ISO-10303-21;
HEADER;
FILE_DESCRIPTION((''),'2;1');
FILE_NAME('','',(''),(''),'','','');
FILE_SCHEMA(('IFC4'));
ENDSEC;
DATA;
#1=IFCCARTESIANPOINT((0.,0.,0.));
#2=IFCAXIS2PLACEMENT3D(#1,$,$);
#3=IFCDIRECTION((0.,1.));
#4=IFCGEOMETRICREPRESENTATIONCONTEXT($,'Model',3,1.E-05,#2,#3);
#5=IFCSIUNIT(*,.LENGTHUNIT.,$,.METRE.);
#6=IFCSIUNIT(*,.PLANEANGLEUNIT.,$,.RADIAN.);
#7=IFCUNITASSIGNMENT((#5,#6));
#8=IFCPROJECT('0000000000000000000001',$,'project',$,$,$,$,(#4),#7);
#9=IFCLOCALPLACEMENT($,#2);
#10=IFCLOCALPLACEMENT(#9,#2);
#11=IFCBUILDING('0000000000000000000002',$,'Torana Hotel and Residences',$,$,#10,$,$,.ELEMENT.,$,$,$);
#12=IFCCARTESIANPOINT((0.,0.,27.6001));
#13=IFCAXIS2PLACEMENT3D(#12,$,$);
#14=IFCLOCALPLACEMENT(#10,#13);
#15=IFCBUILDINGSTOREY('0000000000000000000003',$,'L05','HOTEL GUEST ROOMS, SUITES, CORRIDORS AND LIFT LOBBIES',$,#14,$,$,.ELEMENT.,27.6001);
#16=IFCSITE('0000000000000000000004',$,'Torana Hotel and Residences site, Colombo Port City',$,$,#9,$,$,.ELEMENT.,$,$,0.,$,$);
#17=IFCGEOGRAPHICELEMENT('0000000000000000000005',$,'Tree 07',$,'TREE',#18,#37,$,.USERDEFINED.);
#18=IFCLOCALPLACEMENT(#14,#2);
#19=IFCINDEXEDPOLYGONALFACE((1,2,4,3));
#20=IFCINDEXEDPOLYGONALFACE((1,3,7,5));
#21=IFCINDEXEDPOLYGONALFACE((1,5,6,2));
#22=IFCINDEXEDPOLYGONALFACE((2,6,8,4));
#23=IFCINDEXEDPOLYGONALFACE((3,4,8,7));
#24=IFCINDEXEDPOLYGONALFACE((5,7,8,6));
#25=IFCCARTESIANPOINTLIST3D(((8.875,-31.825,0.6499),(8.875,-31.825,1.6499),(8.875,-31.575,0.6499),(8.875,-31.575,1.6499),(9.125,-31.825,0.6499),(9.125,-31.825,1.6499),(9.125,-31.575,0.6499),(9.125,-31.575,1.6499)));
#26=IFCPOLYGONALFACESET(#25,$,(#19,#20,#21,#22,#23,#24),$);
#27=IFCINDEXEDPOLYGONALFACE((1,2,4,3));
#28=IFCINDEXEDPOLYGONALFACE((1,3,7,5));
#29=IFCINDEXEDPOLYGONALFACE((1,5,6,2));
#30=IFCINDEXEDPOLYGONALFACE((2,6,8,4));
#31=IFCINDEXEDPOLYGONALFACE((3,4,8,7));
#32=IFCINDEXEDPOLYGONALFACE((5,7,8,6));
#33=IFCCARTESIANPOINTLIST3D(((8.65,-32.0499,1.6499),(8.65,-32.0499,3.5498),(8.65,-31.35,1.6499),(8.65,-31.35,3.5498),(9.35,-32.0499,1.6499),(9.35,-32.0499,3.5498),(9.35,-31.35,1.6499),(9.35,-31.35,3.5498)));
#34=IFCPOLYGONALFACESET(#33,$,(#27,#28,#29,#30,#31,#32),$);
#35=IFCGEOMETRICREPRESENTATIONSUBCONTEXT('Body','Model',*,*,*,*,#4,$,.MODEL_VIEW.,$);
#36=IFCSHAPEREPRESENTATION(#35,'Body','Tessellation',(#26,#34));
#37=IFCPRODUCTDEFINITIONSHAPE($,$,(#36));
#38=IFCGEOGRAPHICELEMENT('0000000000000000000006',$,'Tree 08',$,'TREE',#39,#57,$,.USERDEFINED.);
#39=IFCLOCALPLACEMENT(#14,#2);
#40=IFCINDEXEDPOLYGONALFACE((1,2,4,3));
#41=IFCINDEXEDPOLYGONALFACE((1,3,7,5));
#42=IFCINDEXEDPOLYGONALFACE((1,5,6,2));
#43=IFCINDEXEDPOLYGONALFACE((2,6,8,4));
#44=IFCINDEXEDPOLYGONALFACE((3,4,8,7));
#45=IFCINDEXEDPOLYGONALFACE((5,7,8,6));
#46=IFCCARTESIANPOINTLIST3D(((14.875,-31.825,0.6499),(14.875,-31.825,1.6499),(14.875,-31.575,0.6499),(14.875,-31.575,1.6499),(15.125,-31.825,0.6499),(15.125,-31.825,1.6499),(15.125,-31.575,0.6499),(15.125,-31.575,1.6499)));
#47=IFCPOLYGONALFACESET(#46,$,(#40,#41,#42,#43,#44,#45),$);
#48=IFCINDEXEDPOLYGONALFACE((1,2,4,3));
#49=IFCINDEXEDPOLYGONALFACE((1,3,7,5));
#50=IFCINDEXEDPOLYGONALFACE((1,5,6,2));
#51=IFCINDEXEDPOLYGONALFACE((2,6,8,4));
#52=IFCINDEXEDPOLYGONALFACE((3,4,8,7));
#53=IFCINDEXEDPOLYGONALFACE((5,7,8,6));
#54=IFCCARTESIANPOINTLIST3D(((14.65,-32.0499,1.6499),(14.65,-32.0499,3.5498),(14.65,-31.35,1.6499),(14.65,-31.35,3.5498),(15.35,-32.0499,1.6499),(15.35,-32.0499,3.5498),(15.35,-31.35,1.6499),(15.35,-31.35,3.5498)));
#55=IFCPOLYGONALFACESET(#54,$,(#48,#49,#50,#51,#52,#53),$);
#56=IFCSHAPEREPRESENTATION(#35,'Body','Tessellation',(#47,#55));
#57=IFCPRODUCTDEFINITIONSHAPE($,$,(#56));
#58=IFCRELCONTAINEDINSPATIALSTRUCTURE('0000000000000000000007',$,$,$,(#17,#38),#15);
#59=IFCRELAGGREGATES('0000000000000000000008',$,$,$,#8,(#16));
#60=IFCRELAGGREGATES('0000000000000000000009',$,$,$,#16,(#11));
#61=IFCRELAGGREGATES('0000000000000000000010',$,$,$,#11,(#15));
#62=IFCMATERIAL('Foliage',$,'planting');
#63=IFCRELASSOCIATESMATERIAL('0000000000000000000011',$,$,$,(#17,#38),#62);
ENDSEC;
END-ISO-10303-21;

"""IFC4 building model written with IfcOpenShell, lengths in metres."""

from ifc_helpers import new_model, si_unit, direction, frame, origin, origin_2d, place, context, subcontext, project, spatial, rectangle, extrude, material, element, save


model = new_model("IFC4")

# Units and contexts
model_context = context("Model", 3, precision=1e-05, world=origin(), true_north=direction((0.0, 1.0)))
body_context = subcontext(model_context, "Body", "Model", "MODEL_VIEW")
ifc_project = project(units=[si_unit("LENGTHUNIT", "METRE"), si_unit("PLANEANGLEUNIT", "RADIAN")], contexts=[model_context])

# Site, building, storey
site_placement = place(None, origin())
site = spatial("IfcSite", under=ifc_project, at=site_placement, Name="Torana Hotel and Residences site, Colombo Port City", CompositionType="ELEMENT", RefElevation=0.0)
building_placement = place(site_placement, origin())
building = spatial("IfcBuilding", under=site, at=building_placement, Name="Torana Hotel and Residences", CompositionType="ELEMENT")
storey_placement = place(building_placement, frame((0.0, 0.0, 27.6001)))
storey = spatial("IfcBuildingStorey", under=building, at=storey_placement, Name="L05", Description="HOTEL GUEST ROOMS, SUITES, CORRIDORS AND LIFT LOBBIES", CompositionType="ELEMENT", Elevation=27.6001)

# Geographic elements
ifc_material_1 = material(Name="Foliage", Category="planting")
for number, where, z_axis, x_axis, name in (
    (1, (9.0, -31.7, 0.6499), (0.0, 0.0, 1.0), (1.0, 0.0, 0.0), "Tree 07"),
    (2, (15.0, -31.7, 0.6499), (0.0, 0.0, 1.0), (1.0, 0.0, 0.0), "Tree 08"),
):
    element("IfcGeographicElement", number, at=place(storey_placement, frame(where, z_axis=z_axis, x_axis=x_axis)), inside=storey, material=ifc_material_1, Name=name, ObjectType="TREE", PredefinedType="USERDEFINED", context=body_context, shape_type="SweptSolid", body=[
        extrude(rectangle(XDim=0.25, YDim=0.25, at=origin_2d()), origin(), (0.0, 0.0, 1.0), 1.0),
        extrude(rectangle(XDim=0.7, YDim=0.7, at=origin_2d()), frame((0.0, 0.0, 1.0)), (0.0, 0.0, 1.0), 1.8999),
    ])

save(model, "model.ifc")
